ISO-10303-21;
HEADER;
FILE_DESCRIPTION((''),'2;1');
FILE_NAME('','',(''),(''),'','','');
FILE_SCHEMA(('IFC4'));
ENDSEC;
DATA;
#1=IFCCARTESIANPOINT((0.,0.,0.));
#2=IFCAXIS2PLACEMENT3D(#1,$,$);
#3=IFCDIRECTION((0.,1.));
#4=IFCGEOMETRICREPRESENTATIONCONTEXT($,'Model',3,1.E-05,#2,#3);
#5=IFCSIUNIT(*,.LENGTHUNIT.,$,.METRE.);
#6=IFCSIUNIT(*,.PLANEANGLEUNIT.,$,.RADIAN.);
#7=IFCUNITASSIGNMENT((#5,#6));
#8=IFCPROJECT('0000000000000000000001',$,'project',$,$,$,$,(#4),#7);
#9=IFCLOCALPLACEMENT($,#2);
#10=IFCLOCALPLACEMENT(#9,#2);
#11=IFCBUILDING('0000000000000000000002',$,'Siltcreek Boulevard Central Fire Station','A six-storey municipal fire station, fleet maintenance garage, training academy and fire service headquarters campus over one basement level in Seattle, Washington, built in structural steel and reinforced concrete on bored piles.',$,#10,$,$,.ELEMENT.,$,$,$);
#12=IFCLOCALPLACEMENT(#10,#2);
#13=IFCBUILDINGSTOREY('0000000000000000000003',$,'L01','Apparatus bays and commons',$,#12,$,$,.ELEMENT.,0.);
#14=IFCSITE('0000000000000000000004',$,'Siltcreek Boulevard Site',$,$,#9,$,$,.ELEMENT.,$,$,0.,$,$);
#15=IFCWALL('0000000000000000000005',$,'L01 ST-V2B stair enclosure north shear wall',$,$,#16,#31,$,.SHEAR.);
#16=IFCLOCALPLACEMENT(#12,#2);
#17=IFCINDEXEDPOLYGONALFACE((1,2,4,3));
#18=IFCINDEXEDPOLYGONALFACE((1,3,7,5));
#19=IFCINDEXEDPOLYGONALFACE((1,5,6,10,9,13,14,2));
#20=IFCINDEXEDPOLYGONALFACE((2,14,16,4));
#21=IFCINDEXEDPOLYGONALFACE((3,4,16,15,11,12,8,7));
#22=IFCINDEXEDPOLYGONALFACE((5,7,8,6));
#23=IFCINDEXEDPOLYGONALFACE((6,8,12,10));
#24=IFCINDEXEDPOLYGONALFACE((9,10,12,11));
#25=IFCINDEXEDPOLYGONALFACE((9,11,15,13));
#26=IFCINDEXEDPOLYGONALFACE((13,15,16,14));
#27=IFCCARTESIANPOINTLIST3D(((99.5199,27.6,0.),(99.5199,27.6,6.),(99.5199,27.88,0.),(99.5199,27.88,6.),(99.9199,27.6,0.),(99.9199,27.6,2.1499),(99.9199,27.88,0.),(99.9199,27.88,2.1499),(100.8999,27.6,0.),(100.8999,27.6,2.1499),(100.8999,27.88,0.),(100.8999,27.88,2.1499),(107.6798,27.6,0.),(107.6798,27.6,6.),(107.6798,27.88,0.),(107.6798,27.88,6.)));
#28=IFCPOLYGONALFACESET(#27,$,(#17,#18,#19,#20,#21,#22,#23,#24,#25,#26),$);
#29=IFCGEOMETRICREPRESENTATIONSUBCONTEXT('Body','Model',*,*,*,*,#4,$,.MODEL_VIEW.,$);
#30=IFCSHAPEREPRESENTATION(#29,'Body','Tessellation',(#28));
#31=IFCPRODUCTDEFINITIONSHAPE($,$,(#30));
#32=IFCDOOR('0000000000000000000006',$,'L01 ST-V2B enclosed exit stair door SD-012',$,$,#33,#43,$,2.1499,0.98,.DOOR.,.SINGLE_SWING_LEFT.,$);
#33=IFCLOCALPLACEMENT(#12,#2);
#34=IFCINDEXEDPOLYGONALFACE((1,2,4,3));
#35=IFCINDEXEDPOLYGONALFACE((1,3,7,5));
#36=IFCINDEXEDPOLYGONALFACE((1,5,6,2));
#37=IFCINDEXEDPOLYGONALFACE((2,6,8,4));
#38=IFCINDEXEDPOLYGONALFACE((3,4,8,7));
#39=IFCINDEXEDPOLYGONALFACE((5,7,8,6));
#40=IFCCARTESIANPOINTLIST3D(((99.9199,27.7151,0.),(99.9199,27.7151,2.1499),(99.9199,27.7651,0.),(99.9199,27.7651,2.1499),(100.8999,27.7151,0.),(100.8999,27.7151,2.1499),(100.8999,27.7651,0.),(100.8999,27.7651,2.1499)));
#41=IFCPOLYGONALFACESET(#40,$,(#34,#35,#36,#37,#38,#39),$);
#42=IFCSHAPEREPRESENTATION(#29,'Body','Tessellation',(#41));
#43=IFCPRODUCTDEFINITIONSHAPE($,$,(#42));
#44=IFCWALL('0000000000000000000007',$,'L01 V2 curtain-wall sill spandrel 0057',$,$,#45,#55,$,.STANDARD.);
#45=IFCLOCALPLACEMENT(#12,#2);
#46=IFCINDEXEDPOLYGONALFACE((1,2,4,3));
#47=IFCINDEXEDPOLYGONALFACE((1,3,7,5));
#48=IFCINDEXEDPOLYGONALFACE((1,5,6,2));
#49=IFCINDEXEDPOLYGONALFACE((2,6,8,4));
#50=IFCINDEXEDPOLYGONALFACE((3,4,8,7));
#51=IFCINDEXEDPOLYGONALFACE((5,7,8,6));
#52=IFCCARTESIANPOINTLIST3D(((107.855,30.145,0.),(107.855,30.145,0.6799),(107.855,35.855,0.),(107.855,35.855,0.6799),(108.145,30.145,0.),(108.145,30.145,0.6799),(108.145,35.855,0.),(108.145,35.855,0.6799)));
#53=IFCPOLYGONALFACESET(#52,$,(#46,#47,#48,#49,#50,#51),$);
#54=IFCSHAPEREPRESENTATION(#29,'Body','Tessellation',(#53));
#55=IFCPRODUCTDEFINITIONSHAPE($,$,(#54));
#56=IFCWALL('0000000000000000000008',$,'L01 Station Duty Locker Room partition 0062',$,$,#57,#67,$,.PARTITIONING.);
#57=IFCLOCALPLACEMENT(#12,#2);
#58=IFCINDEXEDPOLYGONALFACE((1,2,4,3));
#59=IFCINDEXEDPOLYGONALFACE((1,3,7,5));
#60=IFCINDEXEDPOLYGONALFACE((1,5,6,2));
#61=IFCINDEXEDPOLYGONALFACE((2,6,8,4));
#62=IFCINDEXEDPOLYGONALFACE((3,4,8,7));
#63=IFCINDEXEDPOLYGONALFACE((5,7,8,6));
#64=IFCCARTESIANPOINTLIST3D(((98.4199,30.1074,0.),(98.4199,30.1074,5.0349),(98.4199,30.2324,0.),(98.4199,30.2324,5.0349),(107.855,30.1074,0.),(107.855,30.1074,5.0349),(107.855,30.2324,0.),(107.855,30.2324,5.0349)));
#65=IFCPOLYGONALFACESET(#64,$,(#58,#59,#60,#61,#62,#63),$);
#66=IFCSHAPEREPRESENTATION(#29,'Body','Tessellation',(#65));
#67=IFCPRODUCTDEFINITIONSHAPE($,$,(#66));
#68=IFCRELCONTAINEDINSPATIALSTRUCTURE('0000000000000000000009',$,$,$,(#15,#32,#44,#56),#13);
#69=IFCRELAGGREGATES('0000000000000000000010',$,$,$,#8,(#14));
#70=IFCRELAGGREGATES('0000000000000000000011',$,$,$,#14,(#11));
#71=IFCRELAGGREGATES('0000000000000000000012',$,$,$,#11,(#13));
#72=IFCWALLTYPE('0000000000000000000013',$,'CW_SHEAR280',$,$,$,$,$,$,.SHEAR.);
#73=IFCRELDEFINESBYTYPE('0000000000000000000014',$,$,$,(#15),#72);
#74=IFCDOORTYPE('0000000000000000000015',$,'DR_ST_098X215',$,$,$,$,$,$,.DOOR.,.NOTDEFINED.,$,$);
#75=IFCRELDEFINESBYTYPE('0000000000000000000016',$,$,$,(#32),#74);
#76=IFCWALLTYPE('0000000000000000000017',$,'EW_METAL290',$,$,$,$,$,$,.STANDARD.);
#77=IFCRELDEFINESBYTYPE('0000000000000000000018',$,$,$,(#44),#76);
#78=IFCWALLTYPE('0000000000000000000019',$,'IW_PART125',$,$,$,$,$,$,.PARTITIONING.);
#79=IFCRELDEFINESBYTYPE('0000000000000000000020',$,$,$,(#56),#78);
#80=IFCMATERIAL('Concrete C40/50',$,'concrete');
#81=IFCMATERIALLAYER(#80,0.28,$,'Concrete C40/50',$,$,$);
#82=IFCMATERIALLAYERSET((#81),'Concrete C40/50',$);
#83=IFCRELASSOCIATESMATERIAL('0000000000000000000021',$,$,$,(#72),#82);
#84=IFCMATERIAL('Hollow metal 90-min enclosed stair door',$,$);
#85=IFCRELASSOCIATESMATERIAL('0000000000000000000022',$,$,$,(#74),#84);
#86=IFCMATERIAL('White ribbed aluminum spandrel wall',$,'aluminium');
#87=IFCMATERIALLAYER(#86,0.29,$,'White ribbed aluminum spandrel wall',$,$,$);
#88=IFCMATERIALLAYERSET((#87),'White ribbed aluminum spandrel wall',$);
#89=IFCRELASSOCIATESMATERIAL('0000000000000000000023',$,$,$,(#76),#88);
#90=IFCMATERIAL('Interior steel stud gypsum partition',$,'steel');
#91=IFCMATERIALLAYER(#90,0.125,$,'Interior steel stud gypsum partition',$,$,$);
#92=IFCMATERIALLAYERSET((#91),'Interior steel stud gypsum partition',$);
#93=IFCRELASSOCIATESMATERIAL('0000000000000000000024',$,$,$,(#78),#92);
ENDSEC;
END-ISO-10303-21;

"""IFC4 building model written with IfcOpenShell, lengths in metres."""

from ifc_helpers import new_model, si_unit, direction, frame, frame_2d, origin, place, context, subcontext, project, spatial, rectangle, extrude, material, layer, layer_set, type_object, element, fill, save


model = new_model("IFC4")

# Units and contexts
model_context = context("Model", 3, precision=1e-05, world=origin(), true_north=direction((0.0, 1.0)))
body_context = subcontext(model_context, "Body", "Model", "MODEL_VIEW")
ifc_project = project(units=[si_unit("LENGTHUNIT", "METRE"), si_unit("PLANEANGLEUNIT", "RADIAN")], contexts=[model_context])

# Site, building, storey
site_placement = place(None, origin())
site = spatial("IfcSite", under=ifc_project, at=site_placement, Name="Siltcreek Boulevard Site", CompositionType="ELEMENT", RefElevation=0.0)
building_placement = place(site_placement, origin())
building = spatial("IfcBuilding", under=site, at=building_placement, Name="Siltcreek Boulevard Central Fire Station", Description="A six-storey municipal fire station, fleet maintenance garage, training academy and fire service headquarters campus over one basement level in Seattle, Washington, built in structural steel and reinforced concrete on bored piles.", CompositionType="ELEMENT")
storey_placement = place(building_placement, origin())
storey = spatial("IfcBuildingStorey", under=building, at=storey_placement, Name="L01", Description="Apparatus bays and commons", CompositionType="ELEMENT", Elevation=0.0)

# Wall, opening, door
ifc_material_1 = material(Name="Concrete C40/50", Category="concrete")
ifc_layer_1 = layer(ifc_material_1, 0.28, Name="Concrete C40/50")
ifc_layer_set_1 = layer_set([ifc_layer_1], Name="Concrete C40/50")
wall_type_1 = type_object("IfcWallType", Name="CW_SHEAR280", PredefinedType="SHEAR", material=ifc_layer_set_1)
wall_1_placement = place(storey_placement, frame((107.6799, 27.74, 0.0), z_axis=(0.0, 0.0, 1.0), x_axis=(-1.0, 0.0, 0.0)))
wall_1 = element("IfcWall", 1, at=wall_1_placement, inside=storey, type_object=wall_type_1, Name="L01 ST-V2B stair enclosure north shear wall", PredefinedType="SHEAR", context=body_context, shape_type="SweptSolid", body=[
    extrude(rectangle(XDim=8.1599, YDim=0.28, at=frame_2d((4.0801, 0.0))), origin(), (0.0, 0.0, 1.0), 6.0),
])
opening_placement = place(wall_1_placement, frame((6.78, 0.0, 0.0)))
opening = element("IfcOpeningElement", 2, at=opening_placement, cuts=wall_1, PredefinedType="OPENING", context=body_context, shape_type="SweptSolid", body=[
    extrude(rectangle(XDim=0.98, YDim=2.1499, at=frame_2d((0.49, 1.075))), frame((0.0, 0.1499, 0.0), z_axis=(0.0, -1.0, 0.0), x_axis=(1.0, 0.0, 0.0)), (0.0, 0.0, 1.0), 0.3),
])
ifc_material_2 = material(Name="Hollow metal 90-min enclosed stair door")
door_type = type_object("IfcDoorType", Name="DR_ST_098X215", OperationType="NOTDEFINED", PredefinedType="DOOR", material=ifc_material_2)
door_placement = place(opening_placement, origin())
door = element("IfcDoor", 3, at=door_placement, inside=storey, type_object=door_type, Name="L01 ST-V2B enclosed exit stair door SD-012", OperationType="SINGLE_SWING_LEFT", OverallHeight=2.1499, OverallWidth=0.98, PredefinedType="DOOR", context=body_context, shape_type="SweptSolid", body=[
    extrude(rectangle(XDim=0.98, YDim=2.1499, at=frame_2d((0.49, 1.075))), frame((0.0, 0.0249, 0.0), z_axis=(0.0, -1.0, 0.0), x_axis=(1.0, 0.0, 0.0)), (0.0, 0.0, 1.0), 0.05),
])
fill(opening, door)

# Walls
ifc_material_3 = material(Name="White ribbed aluminum spandrel wall", Category="aluminium")
ifc_layer_2 = layer(ifc_material_3, 0.29, Name="White ribbed aluminum spandrel wall")
ifc_layer_set_2 = layer_set([ifc_layer_2], Name="White ribbed aluminum spandrel wall")
wall_type_2 = type_object("IfcWallType", Name="EW_METAL290", PredefinedType="STANDARD", material=ifc_layer_set_2)
wall_2_placement = place(storey_placement, frame((108.0, 30.145, 0.0), z_axis=(0.0, 0.0, 1.0), x_axis=(0.0, 1.0, 0.0)))
element("IfcWall", 4, at=wall_2_placement, inside=storey, type_object=wall_type_2, Name="L01 V2 curtain-wall sill spandrel 0057", PredefinedType="STANDARD", context=body_context, shape_type="SweptSolid", body=[
    extrude(rectangle(XDim=5.71, YDim=0.29, at=frame_2d((2.855, 0.0))), origin(), (0.0, 0.0, 1.0), 0.6799),
])
ifc_material_4 = material(Name="Interior steel stud gypsum partition", Category="steel")
ifc_layer_3 = layer(ifc_material_4, 0.125, Name="Interior steel stud gypsum partition")
ifc_layer_set_3 = layer_set([ifc_layer_3], Name="Interior steel stud gypsum partition")
wall_type_3 = type_object("IfcWallType", Name="IW_PART125", PredefinedType="PARTITIONING", material=ifc_layer_set_3)
wall_3_placement = place(storey_placement, frame((107.855, 30.1699, 0.0), z_axis=(0.0, 0.0, 1.0), x_axis=(-1.0, 0.0, 0.0)))
element("IfcWall", 5, at=wall_3_placement, inside=storey, type_object=wall_type_3, Name="L01 Station Duty Locker Room partition 0062", PredefinedType="PARTITIONING", context=body_context, shape_type="SweptSolid", body=[
    extrude(rectangle(XDim=9.4351, YDim=0.125, at=frame_2d((4.7175, 0.0))), origin(), (0.0, 0.0, 1.0), 5.0349),
])

save(model, "model.ifc")
